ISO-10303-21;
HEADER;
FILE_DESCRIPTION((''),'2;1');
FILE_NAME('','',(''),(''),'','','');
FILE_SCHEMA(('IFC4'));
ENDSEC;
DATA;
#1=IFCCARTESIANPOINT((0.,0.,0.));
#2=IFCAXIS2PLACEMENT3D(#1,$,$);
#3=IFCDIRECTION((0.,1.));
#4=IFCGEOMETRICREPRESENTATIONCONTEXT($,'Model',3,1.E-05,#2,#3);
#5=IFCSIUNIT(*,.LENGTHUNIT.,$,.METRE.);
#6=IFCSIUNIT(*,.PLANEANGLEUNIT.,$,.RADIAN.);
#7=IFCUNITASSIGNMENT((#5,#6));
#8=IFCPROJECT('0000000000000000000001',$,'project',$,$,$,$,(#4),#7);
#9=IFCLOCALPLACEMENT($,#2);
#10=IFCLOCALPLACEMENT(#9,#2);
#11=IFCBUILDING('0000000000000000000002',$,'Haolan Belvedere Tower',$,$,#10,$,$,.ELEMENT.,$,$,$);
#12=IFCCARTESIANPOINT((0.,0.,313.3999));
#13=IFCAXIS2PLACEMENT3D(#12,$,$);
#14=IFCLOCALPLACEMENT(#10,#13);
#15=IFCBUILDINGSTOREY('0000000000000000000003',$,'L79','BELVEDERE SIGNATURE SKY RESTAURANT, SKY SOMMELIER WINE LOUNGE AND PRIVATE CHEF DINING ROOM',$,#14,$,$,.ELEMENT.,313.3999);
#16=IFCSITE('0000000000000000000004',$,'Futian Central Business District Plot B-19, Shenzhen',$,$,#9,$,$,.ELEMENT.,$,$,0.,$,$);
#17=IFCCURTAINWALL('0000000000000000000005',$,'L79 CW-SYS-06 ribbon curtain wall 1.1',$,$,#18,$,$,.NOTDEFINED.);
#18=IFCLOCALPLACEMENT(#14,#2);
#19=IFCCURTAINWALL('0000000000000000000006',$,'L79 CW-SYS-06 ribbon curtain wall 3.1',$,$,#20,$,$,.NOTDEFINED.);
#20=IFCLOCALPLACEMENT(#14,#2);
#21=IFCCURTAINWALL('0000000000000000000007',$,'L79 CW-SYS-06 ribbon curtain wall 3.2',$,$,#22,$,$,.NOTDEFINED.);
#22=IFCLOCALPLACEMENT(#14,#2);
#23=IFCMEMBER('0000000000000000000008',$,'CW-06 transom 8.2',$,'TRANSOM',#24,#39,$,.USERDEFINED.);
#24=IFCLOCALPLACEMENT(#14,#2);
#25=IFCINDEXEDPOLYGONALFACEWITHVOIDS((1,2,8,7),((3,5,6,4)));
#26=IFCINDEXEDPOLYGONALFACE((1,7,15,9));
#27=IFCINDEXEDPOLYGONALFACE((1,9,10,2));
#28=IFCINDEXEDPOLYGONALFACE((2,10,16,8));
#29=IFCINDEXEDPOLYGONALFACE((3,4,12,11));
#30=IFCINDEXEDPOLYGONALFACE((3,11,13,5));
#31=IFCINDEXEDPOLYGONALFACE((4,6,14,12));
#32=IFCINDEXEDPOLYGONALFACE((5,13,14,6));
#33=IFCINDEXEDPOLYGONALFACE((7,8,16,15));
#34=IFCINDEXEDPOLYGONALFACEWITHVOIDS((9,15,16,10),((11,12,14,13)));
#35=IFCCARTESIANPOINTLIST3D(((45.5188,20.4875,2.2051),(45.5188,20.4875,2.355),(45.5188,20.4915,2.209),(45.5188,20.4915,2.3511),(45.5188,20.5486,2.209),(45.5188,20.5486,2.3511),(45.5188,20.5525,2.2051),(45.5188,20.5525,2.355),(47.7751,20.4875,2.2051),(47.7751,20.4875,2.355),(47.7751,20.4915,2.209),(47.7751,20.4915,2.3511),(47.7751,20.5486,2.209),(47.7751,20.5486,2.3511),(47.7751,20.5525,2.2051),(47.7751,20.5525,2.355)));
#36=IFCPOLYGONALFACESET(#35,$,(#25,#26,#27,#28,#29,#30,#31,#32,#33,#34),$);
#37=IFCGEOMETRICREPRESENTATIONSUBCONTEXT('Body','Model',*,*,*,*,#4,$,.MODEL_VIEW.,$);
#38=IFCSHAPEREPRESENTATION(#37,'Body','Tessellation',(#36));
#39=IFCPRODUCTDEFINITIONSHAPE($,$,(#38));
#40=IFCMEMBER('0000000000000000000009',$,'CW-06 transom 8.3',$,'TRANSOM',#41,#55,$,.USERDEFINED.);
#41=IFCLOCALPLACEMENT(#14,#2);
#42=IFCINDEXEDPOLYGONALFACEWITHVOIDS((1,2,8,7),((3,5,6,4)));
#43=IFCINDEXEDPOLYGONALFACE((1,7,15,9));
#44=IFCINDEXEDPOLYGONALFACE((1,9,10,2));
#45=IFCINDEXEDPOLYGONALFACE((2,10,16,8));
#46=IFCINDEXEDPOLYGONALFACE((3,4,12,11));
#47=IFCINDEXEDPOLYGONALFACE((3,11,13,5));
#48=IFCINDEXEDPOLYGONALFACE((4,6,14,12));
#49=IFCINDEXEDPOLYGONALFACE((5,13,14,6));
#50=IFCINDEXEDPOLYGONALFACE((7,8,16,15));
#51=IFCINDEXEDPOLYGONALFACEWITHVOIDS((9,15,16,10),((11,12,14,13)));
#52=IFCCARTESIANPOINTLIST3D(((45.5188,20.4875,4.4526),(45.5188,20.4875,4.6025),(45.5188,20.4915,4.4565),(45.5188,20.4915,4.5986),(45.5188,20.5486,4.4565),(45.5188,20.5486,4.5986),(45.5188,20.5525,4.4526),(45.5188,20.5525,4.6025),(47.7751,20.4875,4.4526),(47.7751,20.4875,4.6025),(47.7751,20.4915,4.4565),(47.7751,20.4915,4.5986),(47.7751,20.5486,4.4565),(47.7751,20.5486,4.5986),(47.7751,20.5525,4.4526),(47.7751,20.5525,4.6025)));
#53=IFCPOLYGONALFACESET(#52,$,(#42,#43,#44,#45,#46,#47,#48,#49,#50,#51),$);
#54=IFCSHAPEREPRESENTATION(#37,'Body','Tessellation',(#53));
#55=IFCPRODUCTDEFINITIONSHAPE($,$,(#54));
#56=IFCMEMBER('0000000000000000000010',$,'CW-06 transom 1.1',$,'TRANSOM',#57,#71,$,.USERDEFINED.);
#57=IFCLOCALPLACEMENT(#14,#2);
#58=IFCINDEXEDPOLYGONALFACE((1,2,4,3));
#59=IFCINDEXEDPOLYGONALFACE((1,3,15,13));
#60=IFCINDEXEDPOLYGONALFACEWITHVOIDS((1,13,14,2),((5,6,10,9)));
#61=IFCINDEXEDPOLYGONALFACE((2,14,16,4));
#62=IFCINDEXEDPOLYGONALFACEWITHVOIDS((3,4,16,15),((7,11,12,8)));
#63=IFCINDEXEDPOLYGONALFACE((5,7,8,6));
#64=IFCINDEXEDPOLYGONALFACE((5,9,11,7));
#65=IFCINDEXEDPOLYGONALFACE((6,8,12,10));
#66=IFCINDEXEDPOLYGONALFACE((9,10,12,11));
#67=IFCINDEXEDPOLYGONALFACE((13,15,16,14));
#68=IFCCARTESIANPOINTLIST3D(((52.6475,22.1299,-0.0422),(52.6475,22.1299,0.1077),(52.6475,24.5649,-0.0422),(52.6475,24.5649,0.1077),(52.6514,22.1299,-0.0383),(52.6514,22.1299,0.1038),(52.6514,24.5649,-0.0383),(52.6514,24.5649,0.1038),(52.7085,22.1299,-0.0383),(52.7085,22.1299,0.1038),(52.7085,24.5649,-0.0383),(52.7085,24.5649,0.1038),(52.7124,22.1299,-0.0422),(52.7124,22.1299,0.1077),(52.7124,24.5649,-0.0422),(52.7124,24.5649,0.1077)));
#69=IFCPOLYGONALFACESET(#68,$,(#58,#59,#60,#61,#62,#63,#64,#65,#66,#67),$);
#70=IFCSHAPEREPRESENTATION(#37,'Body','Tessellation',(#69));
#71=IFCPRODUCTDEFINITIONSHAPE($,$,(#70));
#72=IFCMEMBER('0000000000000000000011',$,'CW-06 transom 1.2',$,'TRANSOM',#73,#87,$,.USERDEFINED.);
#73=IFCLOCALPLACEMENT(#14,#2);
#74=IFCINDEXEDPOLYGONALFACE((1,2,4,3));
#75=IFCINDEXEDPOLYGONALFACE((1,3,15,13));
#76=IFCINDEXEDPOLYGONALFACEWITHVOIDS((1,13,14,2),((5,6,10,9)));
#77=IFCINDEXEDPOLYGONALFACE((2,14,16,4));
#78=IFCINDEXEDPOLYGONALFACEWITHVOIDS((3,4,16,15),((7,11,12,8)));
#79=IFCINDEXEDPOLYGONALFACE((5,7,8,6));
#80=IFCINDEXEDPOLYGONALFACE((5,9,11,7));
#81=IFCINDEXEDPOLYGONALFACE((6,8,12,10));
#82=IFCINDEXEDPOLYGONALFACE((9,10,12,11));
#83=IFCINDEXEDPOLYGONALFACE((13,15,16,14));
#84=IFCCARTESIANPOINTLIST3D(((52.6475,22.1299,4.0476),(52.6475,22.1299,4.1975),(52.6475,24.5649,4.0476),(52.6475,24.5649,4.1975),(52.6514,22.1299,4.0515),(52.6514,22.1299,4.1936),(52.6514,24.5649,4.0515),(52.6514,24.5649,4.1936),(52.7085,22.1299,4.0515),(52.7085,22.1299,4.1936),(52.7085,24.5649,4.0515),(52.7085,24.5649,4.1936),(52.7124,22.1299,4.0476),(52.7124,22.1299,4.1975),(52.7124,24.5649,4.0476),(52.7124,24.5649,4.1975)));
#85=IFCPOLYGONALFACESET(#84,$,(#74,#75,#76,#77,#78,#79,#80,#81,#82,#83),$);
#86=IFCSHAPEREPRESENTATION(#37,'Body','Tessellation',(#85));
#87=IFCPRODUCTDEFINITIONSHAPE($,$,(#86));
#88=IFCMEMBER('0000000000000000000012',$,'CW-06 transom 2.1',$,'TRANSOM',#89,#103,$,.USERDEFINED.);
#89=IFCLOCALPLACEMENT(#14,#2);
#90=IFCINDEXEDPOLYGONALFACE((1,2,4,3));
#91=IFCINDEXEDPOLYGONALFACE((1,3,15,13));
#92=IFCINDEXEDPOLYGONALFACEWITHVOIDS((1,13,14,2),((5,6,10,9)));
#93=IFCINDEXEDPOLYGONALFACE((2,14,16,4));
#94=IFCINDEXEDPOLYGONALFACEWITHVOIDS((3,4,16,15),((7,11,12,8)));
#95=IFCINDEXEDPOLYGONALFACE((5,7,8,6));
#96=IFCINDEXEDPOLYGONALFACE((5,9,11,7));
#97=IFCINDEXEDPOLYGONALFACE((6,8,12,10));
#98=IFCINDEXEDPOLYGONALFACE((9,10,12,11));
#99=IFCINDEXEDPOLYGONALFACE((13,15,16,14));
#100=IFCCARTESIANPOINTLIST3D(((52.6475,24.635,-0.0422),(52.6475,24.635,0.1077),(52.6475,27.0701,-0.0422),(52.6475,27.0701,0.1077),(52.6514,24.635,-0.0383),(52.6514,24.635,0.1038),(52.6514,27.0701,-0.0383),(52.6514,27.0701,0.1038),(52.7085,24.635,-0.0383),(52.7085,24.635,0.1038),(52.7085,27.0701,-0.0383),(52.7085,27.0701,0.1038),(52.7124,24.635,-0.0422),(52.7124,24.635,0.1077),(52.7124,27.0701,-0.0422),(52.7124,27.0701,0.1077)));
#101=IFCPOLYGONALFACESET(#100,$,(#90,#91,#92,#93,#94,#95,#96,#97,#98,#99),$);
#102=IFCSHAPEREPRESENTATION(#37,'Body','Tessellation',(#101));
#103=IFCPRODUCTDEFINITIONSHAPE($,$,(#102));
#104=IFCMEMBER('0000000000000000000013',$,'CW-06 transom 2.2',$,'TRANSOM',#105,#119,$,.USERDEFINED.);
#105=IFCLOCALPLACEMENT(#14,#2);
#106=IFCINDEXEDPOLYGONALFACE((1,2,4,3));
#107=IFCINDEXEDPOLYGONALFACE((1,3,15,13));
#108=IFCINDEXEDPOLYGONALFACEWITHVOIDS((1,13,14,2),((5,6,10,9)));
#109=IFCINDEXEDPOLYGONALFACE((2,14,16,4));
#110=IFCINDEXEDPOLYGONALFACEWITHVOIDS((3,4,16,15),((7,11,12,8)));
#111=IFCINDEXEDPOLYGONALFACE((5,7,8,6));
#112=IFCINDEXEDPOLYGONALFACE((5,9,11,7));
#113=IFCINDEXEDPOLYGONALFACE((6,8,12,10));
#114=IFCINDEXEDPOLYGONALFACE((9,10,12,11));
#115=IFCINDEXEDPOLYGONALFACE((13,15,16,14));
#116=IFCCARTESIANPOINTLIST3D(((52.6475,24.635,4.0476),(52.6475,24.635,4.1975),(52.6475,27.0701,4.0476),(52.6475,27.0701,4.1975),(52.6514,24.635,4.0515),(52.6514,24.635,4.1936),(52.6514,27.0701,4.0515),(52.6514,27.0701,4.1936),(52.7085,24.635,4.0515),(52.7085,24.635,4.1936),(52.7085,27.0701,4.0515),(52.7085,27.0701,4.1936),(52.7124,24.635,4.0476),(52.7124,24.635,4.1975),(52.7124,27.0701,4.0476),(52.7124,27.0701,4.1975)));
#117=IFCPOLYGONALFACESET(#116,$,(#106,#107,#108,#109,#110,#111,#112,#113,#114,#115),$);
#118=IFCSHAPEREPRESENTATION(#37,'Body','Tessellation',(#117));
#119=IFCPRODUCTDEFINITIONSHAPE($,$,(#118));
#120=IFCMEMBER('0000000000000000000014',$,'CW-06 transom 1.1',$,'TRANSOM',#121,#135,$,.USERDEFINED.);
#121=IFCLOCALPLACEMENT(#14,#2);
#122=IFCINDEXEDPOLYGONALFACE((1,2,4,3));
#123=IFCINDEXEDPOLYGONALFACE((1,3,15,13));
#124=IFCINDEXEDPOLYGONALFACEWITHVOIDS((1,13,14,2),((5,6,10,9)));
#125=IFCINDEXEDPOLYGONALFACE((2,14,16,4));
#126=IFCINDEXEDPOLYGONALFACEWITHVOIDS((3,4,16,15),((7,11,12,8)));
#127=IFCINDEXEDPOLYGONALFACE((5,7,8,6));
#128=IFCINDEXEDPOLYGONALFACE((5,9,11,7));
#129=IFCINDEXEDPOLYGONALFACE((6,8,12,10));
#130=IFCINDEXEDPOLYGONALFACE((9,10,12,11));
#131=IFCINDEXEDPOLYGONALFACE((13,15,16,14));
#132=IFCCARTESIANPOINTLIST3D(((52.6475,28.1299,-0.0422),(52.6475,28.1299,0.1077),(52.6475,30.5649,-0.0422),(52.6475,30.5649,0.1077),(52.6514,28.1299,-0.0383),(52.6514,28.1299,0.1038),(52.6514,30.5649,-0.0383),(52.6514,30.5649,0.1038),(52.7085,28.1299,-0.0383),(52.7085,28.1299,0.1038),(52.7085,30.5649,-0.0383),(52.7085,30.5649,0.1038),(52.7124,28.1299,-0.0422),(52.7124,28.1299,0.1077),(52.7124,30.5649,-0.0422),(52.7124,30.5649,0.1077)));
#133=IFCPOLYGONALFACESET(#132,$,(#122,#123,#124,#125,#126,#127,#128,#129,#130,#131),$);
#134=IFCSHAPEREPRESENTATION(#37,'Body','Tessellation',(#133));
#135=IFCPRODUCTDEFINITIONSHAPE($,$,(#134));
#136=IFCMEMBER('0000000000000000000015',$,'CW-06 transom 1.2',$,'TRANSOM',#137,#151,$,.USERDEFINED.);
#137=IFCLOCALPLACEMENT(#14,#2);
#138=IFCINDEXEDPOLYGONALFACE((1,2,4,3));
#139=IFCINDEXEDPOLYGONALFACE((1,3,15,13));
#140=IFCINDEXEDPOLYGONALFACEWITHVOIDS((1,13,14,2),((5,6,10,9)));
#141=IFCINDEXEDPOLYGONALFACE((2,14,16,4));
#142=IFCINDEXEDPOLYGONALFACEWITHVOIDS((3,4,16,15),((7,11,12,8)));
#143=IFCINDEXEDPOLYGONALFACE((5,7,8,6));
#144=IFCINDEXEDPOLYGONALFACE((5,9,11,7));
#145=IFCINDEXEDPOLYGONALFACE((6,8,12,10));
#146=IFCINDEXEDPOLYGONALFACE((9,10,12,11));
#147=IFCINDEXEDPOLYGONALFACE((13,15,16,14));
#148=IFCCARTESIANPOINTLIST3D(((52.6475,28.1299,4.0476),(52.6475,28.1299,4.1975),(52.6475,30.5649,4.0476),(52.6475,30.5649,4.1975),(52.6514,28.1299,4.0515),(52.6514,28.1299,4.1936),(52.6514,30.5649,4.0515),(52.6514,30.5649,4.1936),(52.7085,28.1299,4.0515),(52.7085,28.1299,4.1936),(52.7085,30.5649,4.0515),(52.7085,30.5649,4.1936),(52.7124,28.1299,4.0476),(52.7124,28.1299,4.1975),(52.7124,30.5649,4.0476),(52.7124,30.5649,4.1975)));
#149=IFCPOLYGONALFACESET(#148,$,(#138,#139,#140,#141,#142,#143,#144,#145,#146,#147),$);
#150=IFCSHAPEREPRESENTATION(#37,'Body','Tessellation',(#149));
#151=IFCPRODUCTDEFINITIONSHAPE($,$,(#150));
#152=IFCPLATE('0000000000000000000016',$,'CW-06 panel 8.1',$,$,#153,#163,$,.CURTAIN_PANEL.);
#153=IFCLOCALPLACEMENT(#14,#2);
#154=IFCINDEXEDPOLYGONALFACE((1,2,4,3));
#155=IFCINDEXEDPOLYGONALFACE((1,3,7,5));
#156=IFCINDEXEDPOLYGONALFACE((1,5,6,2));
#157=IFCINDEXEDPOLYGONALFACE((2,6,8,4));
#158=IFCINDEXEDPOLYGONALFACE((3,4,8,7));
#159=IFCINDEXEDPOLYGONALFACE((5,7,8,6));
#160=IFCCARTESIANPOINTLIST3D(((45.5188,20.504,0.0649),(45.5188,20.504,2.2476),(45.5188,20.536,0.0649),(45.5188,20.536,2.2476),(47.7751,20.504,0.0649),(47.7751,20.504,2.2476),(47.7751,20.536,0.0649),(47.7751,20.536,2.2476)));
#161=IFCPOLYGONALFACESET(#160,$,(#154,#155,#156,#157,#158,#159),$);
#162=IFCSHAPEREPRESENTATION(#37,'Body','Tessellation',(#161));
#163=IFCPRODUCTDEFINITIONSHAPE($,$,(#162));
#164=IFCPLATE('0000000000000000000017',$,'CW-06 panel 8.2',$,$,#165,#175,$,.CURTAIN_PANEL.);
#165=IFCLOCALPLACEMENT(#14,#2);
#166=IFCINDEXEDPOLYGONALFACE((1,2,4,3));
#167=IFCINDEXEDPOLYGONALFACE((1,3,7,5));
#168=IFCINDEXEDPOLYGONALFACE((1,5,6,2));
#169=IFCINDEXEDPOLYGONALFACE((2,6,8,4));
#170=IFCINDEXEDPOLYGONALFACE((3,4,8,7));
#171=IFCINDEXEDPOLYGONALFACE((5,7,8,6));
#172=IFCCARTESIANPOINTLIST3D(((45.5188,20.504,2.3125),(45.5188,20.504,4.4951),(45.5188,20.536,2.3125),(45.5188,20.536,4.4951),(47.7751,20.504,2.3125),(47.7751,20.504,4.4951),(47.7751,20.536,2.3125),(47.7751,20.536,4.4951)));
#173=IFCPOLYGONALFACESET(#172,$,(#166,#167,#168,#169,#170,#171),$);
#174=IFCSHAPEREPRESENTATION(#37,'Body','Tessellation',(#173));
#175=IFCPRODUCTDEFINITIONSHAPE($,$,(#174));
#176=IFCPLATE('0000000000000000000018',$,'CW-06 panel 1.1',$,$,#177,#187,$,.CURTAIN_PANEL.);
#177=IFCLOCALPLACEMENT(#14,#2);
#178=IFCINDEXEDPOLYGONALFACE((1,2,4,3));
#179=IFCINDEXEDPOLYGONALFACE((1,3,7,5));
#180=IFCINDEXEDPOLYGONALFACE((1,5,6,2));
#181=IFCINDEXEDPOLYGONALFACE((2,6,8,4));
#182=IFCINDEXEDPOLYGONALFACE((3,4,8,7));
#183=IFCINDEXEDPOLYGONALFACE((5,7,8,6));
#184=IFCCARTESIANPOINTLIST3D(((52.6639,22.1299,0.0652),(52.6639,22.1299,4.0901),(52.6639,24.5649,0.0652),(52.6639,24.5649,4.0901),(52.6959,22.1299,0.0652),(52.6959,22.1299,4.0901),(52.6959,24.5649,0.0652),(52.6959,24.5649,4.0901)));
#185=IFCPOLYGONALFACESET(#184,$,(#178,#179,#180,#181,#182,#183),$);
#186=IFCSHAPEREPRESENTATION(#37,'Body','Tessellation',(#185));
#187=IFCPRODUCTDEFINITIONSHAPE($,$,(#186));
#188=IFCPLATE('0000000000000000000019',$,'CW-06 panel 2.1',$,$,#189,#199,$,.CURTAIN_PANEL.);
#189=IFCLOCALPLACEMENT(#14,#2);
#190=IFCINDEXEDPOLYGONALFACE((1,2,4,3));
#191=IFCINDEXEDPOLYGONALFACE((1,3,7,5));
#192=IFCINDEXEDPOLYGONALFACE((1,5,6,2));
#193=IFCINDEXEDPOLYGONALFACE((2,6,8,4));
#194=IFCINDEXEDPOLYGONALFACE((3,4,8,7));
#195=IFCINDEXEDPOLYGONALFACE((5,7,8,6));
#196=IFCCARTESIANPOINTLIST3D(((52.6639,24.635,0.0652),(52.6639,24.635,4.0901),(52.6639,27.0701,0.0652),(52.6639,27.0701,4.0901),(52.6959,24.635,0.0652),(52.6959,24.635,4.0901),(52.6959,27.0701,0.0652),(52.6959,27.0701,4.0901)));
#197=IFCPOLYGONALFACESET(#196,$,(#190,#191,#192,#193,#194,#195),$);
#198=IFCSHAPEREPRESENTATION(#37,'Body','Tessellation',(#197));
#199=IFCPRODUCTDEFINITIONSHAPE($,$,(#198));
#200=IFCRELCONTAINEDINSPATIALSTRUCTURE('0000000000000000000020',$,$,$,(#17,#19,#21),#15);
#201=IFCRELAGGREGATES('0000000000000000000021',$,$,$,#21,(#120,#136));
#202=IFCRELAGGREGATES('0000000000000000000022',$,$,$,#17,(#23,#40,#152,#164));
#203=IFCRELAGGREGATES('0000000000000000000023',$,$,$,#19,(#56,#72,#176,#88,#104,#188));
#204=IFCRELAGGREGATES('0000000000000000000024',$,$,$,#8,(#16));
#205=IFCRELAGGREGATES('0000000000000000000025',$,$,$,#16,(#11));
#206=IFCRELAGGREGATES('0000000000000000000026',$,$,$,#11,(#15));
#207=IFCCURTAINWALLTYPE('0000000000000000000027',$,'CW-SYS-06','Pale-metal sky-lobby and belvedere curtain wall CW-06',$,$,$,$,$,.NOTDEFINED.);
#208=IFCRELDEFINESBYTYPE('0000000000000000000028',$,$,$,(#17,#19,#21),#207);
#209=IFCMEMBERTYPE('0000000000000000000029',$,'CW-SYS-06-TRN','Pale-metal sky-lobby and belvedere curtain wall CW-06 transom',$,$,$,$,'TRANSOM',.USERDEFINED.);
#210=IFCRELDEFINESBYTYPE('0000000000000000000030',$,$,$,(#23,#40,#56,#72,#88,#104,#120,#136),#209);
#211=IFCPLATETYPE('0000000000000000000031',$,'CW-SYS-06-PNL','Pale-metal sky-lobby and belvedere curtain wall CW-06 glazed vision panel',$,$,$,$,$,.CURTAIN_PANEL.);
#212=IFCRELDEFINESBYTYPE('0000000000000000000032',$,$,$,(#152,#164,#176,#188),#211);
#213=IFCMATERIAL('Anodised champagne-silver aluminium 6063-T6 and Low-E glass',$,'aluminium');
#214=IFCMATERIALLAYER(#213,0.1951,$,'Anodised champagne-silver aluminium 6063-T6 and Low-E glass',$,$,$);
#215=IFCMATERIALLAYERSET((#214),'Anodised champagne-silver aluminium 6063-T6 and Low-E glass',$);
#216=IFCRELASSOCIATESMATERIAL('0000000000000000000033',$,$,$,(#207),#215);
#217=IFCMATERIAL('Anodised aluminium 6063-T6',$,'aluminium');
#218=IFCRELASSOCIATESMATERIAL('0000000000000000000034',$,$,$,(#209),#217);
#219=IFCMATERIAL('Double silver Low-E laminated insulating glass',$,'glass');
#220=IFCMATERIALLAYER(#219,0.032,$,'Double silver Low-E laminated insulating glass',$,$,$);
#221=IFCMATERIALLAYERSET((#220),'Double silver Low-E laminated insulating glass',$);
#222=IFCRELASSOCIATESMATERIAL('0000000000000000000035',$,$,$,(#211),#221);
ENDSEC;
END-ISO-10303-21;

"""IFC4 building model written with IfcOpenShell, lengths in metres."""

from ifc_helpers import new_model, si_unit, direction, frame, origin, origin_2d, place, context, subcontext, project, spatial, rectangle, hollow_rectangle, extrude, material, layer, layer_set, material_profile, profile_set, type_object, element, aggregate, save


model = new_model("IFC4")

# Units and contexts
model_context = context("Model", 3, precision=1e-05, world=origin(), true_north=direction((0.0, 1.0)))
body_context = subcontext(model_context, "Body", "Model", "MODEL_VIEW")
ifc_project = project(units=[si_unit("LENGTHUNIT", "METRE"), si_unit("PLANEANGLEUNIT", "RADIAN")], contexts=[model_context])

# Site, building, storey
site_placement = place(None, origin())
site = spatial("IfcSite", under=ifc_project, at=site_placement, Name="Futian Central Business District Plot B-19, Shenzhen", CompositionType="ELEMENT", RefElevation=0.0)
building_placement = place(site_placement, origin())
building = spatial("IfcBuilding", under=site, at=building_placement, Name="Haolan Belvedere Tower", CompositionType="ELEMENT")
storey_placement = place(building_placement, frame((0.0, 0.0, 313.3999)))
storey = spatial("IfcBuildingStorey", under=building, at=storey_placement, Name="L79", Description="BELVEDERE SIGNATURE SKY RESTAURANT, SKY SOMMELIER WINE LOUNGE AND PRIVATE CHEF DINING ROOM", CompositionType="ELEMENT", Elevation=313.3999)

# Curtain wall
ifc_material_1 = material(Name="Anodised champagne-silver aluminium 6063-T6 and Low-E glass", Category="aluminium")
ifc_layer_1 = layer(ifc_material_1, 0.1951, Name="Anodised champagne-silver aluminium 6063-T6 and Low-E glass")
ifc_layer_set_1 = layer_set([ifc_layer_1], Name="Anodised champagne-silver aluminium 6063-T6 and Low-E glass")
curtain_wall_type = type_object("IfcCurtainWallType", Name="CW-SYS-06", Description="Pale-metal sky-lobby and belvedere curtain wall CW-06", PredefinedType="NOTDEFINED", material=ifc_layer_set_1)
curtain_wall_1_placement = place(storey_placement, origin())
curtain_wall_1 = element("IfcCurtainWall", 1, at=curtain_wall_1_placement, inside=storey, type_object=curtain_wall_type, Name="L79 CW-SYS-06 ribbon curtain wall 1.1", PredefinedType="NOTDEFINED")
ifc_material_2 = material(Name="Anodised aluminium 6063-T6", Category="aluminium")

# Curtain wall
curtain_wall_2_placement = place(storey_placement, origin())
curtain_wall_2 = element("IfcCurtainWall", 2, at=curtain_wall_2_placement, inside=storey, type_object=curtain_wall_type, Name="L79 CW-SYS-06 ribbon curtain wall 3.1", PredefinedType="NOTDEFINED")

# Curtain wall
curtain_wall_3_placement = place(storey_placement, origin())
curtain_wall_3 = element("IfcCurtainWall", 3, at=curtain_wall_3_placement, inside=storey, type_object=curtain_wall_type, Name="L79 CW-SYS-06 ribbon curtain wall 3.2", PredefinedType="NOTDEFINED")

# Members
ifc_material_profile_1 = material_profile(ifc_material_2, hollow_rectangle(XDim=0.0649, YDim=0.1499, WallThickness=0.0039, at=origin_2d()), Name="Anodised aluminium 6063-T6")
ifc_profile_set_1 = profile_set([ifc_material_profile_1], Name="Anodised aluminium 6063-T6")
member_type_1 = type_object("IfcMemberType", Name="CW-SYS-06-TRN", Description="Pale-metal sky-lobby and belvedere curtain wall CW-06 transom", ElementType="TRANSOM", PredefinedType="USERDEFINED", material=ifc_profile_set_1)
member_1_placement = place(storey_placement, frame((45.5188, 20.52, 2.28), z_axis=(1.0, 0.0, 0.0), x_axis=(0.0, 1.0, 0.0)))
member_1 = element("IfcMember", 4, at=member_1_placement, type_object=member_type_1, Name="CW-06 transom 8.2", ObjectType="TRANSOM", PredefinedType="USERDEFINED", context=body_context, shape_type="SweptSolid", body=[
    extrude(hollow_rectangle(XDim=0.0649, YDim=0.1499, WallThickness=0.0039, at=origin_2d()), origin(), (0.0, 0.0, 1.0), 2.2563),
])
member_2_placement = place(storey_placement, frame((45.5188, 20.52, 4.5276), z_axis=(1.0, 0.0, 0.0), x_axis=(0.0, 1.0, 0.0)))
member_2 = element("IfcMember", 5, at=member_2_placement, type_object=member_type_1, Name="CW-06 transom 8.3", ObjectType="TRANSOM", PredefinedType="USERDEFINED", context=body_context, shape_type="SweptSolid", body=[
    extrude(hollow_rectangle(XDim=0.0649, YDim=0.1499, WallThickness=0.0039, at=origin_2d()), origin(), (0.0, 0.0, 1.0), 2.2563),
])
member_3_placement = place(storey_placement, frame((52.6799, 22.1299, 0.0327), z_axis=(0.0, 1.0, 0.0), x_axis=(-1.0, 0.0, 0.0)))
member_3 = element("IfcMember", 6, at=member_3_placement, type_object=member_type_1, Name="CW-06 transom 1.1", ObjectType="TRANSOM", PredefinedType="USERDEFINED", context=body_context, shape_type="SweptSolid", body=[
    extrude(hollow_rectangle(XDim=0.0649, YDim=0.1499, WallThickness=0.0039, at=origin_2d()), origin(), (0.0, 0.0, 1.0), 2.4351),
])
member_4_placement = place(storey_placement, frame((52.6799, 22.1299, 4.1226), z_axis=(0.0, 1.0, 0.0), x_axis=(-1.0, 0.0, 0.0)))
member_4 = element("IfcMember", 7, at=member_4_placement, type_object=member_type_1, Name="CW-06 transom 1.2", ObjectType="TRANSOM", PredefinedType="USERDEFINED", context=body_context, shape_type="SweptSolid", body=[
    extrude(hollow_rectangle(XDim=0.0649, YDim=0.1499, WallThickness=0.0039, at=origin_2d()), origin(), (0.0, 0.0, 1.0), 2.4351),
])
member_5_placement = place(storey_placement, frame((52.6799, 24.635, 0.0327), z_axis=(0.0, 1.0, 0.0), x_axis=(-1.0, 0.0, 0.0)))
member_5 = element("IfcMember", 8, at=member_5_placement, type_object=member_type_1, Name="CW-06 transom 2.1", ObjectType="TRANSOM", PredefinedType="USERDEFINED", context=body_context, shape_type="SweptSolid", body=[
    extrude(hollow_rectangle(XDim=0.0649, YDim=0.1499, WallThickness=0.0039, at=origin_2d()), origin(), (0.0, 0.0, 1.0), 2.4351),
])
member_6_placement = place(storey_placement, frame((52.6799, 24.635, 4.1226), z_axis=(0.0, 1.0, 0.0), x_axis=(-1.0, 0.0, 0.0)))
member_6 = element("IfcMember", 9, at=member_6_placement, type_object=member_type_1, Name="CW-06 transom 2.2", ObjectType="TRANSOM", PredefinedType="USERDEFINED", context=body_context, shape_type="SweptSolid", body=[
    extrude(hollow_rectangle(XDim=0.0649, YDim=0.1499, WallThickness=0.0039, at=origin_2d()), origin(), (0.0, 0.0, 1.0), 2.4351),
])
member_7_placement = place(storey_placement, frame((52.6799, 28.1299, 0.0327), z_axis=(0.0, 1.0, 0.0), x_axis=(-1.0, 0.0, 0.0)))
member_7 = element("IfcMember", 10, at=member_7_placement, type_object=member_type_1, Name="CW-06 transom 1.1", ObjectType="TRANSOM", PredefinedType="USERDEFINED", context=body_context, shape_type="SweptSolid", body=[
    extrude(hollow_rectangle(XDim=0.0649, YDim=0.1499, WallThickness=0.0039, at=origin_2d()), origin(), (0.0, 0.0, 1.0), 2.4351),
])
member_8_placement = place(storey_placement, frame((52.6799, 28.1299, 4.1226), z_axis=(0.0, 1.0, 0.0), x_axis=(-1.0, 0.0, 0.0)))
member_8 = element("IfcMember", 11, at=member_8_placement, type_object=member_type_1, Name="CW-06 transom 1.2", ObjectType="TRANSOM", PredefinedType="USERDEFINED", context=body_context, shape_type="SweptSolid", body=[
    extrude(hollow_rectangle(XDim=0.0649, YDim=0.1499, WallThickness=0.0039, at=origin_2d()), origin(), (0.0, 0.0, 1.0), 2.4351),
])
aggregate(curtain_wall_3, [member_7, member_8])

# Plates
ifc_material_3 = material(Name="Double silver Low-E laminated insulating glass", Category="glass")
ifc_layer_2 = layer(ifc_material_3, 0.032, Name="Double silver Low-E laminated insulating glass")
ifc_layer_set_2 = layer_set([ifc_layer_2], Name="Double silver Low-E laminated insulating glass")
plate_type = type_object("IfcPlateType", Name="CW-SYS-06-PNL", Description="Pale-metal sky-lobby and belvedere curtain wall CW-06 glazed vision panel", PredefinedType="CURTAIN_PANEL", material=ifc_layer_set_2)
plate_1_placement = place(storey_placement, frame((46.647, 20.52, 0.0649), z_axis=(0.0, 0.0, 1.0), x_axis=(1.0, 0.0, 0.0)))
plate_1 = element("IfcPlate", 12, at=plate_1_placement, type_object=plate_type, Name="CW-06 panel 8.1", PredefinedType="CURTAIN_PANEL", context=body_context, shape_type="SweptSolid", body=[
    extrude(rectangle(XDim=2.2563, YDim=0.032, at=origin_2d()), origin(), (0.0, 0.0, 1.0), 2.1826),
])
plate_2_placement = place(storey_placement, frame((46.647, 20.52, 2.3125), z_axis=(0.0, 0.0, 1.0), x_axis=(1.0, 0.0, 0.0)))
plate_2 = element("IfcPlate", 13, at=plate_2_placement, type_object=plate_type, Name="CW-06 panel 8.2", PredefinedType="CURTAIN_PANEL", context=body_context, shape_type="SweptSolid", body=[
    extrude(rectangle(XDim=2.2563, YDim=0.032, at=origin_2d()), origin(), (0.0, 0.0, 1.0), 2.1826),
])
aggregate(curtain_wall_1, [member_1, member_2, plate_1, plate_2])
plate_3_placement = place(storey_placement, frame((52.6799, 23.3474, 0.0652), z_axis=(0.0, 0.0, 1.0), x_axis=(0.0, 1.0, 0.0)))
plate_3 = element("IfcPlate", 14, at=plate_3_placement, type_object=plate_type, Name="CW-06 panel 1.1", PredefinedType="CURTAIN_PANEL", context=body_context, shape_type="SweptSolid", body=[
    extrude(rectangle(XDim=2.4351, YDim=0.032, at=origin_2d()), origin(), (0.0, 0.0, 1.0), 4.0249),
])
plate_4_placement = place(storey_placement, frame((52.6799, 25.8525, 0.0652), z_axis=(0.0, 0.0, 1.0), x_axis=(0.0, 1.0, 0.0)))
plate_4 = element("IfcPlate", 15, at=plate_4_placement, type_object=plate_type, Name="CW-06 panel 2.1", PredefinedType="CURTAIN_PANEL", context=body_context, shape_type="SweptSolid", body=[
    extrude(rectangle(XDim=2.4351, YDim=0.032, at=origin_2d()), origin(), (0.0, 0.0, 1.0), 4.0249),
])
aggregate(curtain_wall_2, [member_3, member_4, plate_3, member_5, member_6, plate_4])

save(model, "model.ifc")
